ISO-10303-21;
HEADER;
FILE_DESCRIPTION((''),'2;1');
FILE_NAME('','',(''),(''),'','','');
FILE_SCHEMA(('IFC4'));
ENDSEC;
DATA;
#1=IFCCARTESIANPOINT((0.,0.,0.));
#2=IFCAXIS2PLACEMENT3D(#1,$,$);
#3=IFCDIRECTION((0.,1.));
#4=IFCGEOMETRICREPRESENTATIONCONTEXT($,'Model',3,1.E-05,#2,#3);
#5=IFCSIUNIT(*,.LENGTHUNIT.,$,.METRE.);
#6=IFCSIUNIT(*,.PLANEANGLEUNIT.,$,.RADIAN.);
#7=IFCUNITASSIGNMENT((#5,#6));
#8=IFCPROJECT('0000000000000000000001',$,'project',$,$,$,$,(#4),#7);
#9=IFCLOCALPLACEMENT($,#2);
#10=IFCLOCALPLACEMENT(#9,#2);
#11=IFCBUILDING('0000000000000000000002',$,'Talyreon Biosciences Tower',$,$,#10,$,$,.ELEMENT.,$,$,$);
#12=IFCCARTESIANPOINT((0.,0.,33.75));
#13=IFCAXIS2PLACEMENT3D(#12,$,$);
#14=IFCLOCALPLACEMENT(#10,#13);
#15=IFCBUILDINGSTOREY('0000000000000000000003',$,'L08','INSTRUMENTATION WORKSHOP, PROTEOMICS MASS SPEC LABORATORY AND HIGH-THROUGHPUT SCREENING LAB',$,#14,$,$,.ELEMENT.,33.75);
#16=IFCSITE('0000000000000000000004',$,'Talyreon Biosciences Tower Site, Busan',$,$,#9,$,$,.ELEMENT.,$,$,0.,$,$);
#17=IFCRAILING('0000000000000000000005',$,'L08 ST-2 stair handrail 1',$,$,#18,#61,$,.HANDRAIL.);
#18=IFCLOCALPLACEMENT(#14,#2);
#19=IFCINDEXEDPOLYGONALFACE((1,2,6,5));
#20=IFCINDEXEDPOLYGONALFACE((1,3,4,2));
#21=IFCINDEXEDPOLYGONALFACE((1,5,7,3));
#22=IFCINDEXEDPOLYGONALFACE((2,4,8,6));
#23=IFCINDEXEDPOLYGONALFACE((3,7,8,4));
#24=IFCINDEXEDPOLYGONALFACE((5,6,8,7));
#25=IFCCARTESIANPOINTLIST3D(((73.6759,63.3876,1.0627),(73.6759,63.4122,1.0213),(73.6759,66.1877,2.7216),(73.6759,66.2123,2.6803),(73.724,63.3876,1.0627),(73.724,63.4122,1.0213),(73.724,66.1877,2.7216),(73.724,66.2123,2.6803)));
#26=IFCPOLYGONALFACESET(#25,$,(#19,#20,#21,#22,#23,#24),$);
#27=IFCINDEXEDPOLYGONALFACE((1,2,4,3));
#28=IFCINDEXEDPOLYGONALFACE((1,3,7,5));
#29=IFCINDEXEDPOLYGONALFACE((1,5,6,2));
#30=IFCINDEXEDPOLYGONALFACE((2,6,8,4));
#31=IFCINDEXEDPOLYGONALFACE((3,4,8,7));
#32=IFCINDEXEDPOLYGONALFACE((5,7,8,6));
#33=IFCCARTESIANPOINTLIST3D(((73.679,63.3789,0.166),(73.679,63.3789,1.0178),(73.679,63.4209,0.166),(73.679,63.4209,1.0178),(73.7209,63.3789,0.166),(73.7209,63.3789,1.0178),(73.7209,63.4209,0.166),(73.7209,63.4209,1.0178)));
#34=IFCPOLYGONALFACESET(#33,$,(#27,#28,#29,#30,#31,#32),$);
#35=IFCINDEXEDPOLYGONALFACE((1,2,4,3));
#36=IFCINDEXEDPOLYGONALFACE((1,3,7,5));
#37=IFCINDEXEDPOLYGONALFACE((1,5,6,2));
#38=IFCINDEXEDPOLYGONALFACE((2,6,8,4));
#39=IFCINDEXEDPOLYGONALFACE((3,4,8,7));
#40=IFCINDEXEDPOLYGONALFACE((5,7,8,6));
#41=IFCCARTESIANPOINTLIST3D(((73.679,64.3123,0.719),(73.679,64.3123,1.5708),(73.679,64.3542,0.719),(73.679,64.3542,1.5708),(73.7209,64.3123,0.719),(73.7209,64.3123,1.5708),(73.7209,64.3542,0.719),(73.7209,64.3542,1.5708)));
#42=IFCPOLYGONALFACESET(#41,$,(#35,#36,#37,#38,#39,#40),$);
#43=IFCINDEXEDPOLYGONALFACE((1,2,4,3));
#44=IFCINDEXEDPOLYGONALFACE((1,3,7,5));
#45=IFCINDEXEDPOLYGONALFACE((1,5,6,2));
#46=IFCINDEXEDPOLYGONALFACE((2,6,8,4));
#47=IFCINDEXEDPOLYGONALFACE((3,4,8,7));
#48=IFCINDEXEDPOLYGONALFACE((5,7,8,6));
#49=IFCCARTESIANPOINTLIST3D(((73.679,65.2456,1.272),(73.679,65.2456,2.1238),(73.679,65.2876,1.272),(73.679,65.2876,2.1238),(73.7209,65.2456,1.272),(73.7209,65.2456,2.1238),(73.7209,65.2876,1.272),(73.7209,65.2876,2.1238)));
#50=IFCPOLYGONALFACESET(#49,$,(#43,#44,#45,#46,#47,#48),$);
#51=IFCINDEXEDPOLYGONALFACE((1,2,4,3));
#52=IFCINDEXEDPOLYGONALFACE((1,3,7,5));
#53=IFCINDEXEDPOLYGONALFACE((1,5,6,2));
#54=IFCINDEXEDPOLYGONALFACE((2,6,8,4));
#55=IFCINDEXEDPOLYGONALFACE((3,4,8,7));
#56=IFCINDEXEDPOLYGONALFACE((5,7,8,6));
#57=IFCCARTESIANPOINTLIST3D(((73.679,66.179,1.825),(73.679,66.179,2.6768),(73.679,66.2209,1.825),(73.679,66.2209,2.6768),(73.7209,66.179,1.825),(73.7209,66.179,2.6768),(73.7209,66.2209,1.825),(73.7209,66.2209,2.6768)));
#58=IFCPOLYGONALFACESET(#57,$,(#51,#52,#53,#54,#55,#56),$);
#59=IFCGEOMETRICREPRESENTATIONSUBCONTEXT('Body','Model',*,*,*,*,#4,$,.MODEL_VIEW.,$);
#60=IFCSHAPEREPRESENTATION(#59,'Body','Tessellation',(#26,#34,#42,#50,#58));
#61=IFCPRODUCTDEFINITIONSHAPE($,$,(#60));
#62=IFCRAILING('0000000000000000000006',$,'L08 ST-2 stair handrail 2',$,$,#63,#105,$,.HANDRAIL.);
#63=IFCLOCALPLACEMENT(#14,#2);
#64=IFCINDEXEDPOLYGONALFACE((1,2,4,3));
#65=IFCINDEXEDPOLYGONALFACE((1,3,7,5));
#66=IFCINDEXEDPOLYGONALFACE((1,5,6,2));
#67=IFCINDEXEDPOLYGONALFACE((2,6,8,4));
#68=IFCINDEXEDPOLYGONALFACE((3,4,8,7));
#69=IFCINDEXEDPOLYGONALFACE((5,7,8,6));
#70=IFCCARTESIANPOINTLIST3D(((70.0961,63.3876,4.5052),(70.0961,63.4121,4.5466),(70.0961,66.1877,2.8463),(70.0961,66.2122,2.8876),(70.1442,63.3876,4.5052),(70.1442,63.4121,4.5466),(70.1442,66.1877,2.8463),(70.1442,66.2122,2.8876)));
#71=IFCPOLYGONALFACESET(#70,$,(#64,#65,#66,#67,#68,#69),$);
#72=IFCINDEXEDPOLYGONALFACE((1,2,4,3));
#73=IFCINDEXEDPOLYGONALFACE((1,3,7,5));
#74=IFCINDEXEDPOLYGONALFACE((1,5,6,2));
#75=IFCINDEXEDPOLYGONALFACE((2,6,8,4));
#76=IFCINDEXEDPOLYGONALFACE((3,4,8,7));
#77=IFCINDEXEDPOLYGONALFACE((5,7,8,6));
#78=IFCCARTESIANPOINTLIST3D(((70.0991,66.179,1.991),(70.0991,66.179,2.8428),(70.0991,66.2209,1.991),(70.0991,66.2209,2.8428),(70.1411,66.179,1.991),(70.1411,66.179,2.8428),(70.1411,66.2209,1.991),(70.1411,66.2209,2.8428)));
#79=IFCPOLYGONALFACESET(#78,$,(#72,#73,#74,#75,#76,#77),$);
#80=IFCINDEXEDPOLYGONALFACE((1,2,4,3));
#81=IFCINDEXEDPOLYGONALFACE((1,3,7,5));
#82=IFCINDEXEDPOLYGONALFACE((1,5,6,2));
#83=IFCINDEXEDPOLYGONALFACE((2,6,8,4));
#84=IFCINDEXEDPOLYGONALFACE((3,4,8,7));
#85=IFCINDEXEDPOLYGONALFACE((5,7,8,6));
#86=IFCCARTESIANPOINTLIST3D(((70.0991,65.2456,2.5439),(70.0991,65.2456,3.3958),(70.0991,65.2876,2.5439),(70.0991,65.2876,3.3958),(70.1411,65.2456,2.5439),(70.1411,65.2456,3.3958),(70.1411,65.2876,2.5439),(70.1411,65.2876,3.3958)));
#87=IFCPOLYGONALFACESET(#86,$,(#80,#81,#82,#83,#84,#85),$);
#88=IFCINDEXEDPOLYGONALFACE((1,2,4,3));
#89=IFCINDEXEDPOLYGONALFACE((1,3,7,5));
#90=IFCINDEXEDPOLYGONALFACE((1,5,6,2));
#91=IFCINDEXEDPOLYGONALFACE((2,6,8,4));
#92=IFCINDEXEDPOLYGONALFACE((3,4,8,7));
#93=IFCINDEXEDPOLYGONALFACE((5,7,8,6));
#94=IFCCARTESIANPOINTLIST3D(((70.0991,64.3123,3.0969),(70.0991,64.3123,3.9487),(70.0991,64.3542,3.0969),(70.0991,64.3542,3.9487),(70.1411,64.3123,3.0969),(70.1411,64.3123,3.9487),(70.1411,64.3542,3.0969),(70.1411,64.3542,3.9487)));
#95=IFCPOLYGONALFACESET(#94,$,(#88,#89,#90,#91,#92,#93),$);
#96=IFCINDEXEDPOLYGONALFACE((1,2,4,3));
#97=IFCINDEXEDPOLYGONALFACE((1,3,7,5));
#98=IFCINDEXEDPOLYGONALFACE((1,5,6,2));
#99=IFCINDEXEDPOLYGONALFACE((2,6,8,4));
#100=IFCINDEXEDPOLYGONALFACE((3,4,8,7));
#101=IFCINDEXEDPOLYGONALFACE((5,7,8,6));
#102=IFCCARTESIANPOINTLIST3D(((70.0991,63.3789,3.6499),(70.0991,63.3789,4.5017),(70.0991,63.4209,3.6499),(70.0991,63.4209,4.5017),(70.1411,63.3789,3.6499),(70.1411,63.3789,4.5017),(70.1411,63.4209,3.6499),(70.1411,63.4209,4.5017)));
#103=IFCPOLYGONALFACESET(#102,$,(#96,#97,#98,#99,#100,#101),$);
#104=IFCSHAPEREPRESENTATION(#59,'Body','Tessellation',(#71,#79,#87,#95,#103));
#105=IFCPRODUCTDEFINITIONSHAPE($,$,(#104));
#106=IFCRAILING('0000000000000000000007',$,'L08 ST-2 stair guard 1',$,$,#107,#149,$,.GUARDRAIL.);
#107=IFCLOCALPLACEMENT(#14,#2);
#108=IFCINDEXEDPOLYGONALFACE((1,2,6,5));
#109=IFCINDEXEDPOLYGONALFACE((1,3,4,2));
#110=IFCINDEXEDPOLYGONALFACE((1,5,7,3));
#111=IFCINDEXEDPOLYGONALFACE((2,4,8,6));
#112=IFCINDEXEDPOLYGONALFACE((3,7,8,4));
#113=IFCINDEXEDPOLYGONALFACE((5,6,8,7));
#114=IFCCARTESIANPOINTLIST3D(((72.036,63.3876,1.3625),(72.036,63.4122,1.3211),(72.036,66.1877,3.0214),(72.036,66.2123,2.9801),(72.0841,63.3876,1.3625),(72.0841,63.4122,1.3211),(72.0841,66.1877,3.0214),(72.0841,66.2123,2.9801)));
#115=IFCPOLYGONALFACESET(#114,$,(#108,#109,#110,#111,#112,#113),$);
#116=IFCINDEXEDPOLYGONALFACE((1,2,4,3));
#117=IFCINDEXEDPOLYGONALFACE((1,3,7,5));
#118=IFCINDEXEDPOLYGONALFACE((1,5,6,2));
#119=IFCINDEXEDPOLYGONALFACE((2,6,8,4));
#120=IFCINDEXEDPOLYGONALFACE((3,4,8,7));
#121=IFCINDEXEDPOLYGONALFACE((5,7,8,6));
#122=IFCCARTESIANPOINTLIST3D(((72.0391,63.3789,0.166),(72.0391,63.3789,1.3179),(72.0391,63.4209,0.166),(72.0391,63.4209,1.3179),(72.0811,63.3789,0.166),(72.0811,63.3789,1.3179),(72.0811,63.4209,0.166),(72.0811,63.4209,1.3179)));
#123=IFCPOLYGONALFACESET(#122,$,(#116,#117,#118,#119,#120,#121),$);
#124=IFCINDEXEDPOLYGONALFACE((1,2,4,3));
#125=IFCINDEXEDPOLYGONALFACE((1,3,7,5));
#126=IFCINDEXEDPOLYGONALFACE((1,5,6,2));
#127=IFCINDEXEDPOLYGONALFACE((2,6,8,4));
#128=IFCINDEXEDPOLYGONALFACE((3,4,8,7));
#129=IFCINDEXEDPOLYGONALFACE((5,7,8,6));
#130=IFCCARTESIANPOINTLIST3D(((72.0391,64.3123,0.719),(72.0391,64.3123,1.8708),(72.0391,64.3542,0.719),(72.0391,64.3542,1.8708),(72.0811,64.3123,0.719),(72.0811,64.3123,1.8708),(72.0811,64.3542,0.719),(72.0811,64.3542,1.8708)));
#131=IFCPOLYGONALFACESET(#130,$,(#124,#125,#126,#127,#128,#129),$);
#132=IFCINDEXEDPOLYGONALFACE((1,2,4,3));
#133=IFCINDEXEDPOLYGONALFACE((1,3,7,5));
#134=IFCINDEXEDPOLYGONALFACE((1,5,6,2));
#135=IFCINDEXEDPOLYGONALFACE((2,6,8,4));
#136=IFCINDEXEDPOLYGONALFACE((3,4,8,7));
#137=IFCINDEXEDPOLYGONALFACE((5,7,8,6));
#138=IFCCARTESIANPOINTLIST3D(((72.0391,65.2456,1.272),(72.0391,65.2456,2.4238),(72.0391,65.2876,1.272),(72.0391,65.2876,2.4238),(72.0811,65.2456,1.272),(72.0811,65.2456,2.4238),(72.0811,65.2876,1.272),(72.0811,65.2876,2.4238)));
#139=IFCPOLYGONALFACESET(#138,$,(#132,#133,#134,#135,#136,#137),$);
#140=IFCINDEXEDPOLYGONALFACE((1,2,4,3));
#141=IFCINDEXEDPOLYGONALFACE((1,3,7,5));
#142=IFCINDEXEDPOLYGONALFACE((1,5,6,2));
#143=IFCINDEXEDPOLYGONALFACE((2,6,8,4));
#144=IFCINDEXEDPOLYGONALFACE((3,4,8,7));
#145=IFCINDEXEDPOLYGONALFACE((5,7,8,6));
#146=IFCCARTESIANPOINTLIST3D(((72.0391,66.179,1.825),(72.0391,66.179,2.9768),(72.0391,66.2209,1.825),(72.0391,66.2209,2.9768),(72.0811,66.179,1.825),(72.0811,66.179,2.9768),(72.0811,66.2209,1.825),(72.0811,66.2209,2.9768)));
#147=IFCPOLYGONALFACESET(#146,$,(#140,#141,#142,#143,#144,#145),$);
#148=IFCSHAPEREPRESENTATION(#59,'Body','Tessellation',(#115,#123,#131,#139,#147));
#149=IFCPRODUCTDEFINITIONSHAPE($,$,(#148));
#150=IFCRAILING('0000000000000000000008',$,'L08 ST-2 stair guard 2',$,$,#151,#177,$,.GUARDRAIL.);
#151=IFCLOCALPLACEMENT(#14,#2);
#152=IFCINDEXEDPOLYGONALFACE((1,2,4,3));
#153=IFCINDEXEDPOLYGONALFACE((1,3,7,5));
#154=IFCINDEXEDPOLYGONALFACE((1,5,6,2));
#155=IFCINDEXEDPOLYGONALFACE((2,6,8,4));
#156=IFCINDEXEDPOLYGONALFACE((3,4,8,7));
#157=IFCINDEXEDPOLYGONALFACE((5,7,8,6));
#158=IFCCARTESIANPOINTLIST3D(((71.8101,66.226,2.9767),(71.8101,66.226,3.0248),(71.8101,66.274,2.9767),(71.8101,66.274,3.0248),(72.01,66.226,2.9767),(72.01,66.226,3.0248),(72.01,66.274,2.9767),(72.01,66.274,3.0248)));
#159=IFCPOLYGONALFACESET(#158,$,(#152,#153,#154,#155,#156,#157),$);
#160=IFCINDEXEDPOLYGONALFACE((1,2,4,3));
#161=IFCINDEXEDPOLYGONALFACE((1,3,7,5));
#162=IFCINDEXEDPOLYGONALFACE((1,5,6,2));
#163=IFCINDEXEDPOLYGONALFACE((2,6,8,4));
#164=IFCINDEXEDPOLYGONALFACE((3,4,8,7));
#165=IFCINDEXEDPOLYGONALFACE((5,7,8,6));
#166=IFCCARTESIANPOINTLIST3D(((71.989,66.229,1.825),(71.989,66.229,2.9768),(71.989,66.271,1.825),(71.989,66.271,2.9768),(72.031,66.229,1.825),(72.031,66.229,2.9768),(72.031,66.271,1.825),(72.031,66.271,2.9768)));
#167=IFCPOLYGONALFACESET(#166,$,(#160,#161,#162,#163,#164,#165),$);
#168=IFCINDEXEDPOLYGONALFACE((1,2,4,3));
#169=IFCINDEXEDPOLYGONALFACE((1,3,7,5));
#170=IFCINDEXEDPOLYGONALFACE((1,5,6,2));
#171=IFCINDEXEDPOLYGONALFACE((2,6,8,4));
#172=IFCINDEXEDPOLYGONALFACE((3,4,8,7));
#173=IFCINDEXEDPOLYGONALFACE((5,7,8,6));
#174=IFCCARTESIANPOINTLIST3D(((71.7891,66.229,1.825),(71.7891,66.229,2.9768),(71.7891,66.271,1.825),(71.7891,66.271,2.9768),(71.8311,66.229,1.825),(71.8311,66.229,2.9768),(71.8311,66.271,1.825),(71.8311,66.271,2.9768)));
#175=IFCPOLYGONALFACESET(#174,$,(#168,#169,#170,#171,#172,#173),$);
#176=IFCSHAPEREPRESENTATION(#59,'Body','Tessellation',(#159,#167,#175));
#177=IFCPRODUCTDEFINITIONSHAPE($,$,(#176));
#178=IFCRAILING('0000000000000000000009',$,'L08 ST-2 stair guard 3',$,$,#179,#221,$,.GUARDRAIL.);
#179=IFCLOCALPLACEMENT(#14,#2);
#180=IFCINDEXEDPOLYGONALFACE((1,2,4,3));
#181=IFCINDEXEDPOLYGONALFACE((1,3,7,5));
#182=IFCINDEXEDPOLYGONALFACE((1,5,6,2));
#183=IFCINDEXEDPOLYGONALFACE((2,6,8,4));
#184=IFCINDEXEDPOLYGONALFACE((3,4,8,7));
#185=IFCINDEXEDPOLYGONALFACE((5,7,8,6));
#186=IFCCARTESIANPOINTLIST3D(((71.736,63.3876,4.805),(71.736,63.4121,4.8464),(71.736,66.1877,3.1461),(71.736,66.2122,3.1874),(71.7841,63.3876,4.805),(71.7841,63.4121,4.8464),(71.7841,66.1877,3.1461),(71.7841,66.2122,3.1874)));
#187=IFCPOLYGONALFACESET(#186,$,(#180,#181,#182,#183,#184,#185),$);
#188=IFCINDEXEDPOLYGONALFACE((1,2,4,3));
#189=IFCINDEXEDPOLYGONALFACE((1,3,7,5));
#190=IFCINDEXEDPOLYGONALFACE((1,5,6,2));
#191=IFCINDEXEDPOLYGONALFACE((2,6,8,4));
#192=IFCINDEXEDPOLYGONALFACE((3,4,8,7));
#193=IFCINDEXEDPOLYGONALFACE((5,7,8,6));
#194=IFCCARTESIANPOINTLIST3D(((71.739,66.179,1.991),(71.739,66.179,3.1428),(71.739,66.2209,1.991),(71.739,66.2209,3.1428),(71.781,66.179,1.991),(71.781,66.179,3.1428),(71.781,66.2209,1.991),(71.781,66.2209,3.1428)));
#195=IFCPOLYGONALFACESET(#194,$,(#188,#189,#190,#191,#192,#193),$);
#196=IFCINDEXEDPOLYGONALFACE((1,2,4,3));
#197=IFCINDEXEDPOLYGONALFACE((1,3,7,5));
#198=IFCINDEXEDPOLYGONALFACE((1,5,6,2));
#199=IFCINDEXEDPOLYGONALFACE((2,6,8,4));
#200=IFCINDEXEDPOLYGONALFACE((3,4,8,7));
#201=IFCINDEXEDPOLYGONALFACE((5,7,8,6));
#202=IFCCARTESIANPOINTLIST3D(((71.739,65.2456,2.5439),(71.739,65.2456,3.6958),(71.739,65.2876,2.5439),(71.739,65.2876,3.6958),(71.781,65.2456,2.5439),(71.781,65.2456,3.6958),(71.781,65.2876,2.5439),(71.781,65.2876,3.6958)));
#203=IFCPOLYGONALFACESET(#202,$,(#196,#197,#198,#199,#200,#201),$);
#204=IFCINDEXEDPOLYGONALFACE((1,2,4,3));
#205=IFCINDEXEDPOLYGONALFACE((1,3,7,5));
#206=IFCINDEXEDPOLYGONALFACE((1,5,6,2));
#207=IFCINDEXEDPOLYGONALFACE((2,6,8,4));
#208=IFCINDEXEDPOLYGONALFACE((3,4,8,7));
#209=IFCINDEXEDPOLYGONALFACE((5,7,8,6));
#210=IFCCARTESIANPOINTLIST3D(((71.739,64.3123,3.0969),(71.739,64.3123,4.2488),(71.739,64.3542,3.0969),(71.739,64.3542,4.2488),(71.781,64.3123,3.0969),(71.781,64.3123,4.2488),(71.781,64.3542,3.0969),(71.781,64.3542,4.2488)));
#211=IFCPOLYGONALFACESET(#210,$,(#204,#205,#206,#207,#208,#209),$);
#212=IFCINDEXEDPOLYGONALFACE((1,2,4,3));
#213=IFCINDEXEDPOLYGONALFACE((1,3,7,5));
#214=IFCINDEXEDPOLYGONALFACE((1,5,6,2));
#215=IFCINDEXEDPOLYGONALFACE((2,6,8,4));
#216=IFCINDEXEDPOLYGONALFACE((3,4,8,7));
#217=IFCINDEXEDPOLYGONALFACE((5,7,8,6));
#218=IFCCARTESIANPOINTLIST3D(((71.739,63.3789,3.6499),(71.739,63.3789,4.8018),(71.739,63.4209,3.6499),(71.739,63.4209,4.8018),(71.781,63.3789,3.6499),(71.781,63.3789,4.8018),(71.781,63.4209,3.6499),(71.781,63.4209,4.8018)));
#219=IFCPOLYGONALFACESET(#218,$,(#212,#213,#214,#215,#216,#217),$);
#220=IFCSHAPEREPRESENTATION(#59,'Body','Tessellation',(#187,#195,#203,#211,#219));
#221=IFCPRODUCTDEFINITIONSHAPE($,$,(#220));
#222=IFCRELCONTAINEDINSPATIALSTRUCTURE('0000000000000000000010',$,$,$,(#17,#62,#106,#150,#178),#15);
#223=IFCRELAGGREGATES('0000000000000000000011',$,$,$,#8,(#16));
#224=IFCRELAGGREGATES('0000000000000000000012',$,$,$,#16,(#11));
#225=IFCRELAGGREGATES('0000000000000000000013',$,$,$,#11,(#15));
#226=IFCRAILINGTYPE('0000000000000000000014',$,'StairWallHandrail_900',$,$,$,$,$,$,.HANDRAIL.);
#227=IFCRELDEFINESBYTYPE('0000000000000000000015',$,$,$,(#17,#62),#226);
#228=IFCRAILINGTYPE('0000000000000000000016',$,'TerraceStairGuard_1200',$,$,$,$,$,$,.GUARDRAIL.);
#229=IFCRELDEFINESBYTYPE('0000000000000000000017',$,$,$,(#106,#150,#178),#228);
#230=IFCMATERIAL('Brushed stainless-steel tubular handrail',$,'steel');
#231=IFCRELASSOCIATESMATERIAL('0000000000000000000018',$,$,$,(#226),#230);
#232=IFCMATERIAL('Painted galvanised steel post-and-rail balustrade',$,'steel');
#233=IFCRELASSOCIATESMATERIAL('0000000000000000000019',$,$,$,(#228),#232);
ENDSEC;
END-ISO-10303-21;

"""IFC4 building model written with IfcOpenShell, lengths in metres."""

from ifc_helpers import new_model, si_unit, direction, frame, origin, origin_2d, place, context, subcontext, project, spatial, rectangle, extrude, material, type_object, element, save


model = new_model("IFC4")

# Units and contexts
model_context = context("Model", 3, precision=1e-05, world=origin(), true_north=direction((0.0, 1.0)))
body_context = subcontext(model_context, "Body", "Model", "MODEL_VIEW")
ifc_project = project(units=[si_unit("LENGTHUNIT", "METRE"), si_unit("PLANEANGLEUNIT", "RADIAN")], contexts=[model_context])

# Site, building, storey
site_placement = place(None, origin())
site = spatial("IfcSite", under=ifc_project, at=site_placement, Name="Talyreon Biosciences Tower Site, Busan", CompositionType="ELEMENT", RefElevation=0.0)
building_placement = place(site_placement, origin())
building = spatial("IfcBuilding", under=site, at=building_placement, Name="Talyreon Biosciences Tower", CompositionType="ELEMENT")
storey_placement = place(building_placement, frame((0.0, 0.0, 33.75)))
storey = spatial("IfcBuildingStorey", under=building, at=storey_placement, Name="L08", Description="INSTRUMENTATION WORKSHOP, PROTEOMICS MASS SPEC LABORATORY AND HIGH-THROUGHPUT SCREENING LAB", CompositionType="ELEMENT", Elevation=33.75)

# Railings
ifc_material_1 = material(Name="Brushed stainless-steel tubular handrail", Category="steel")
railing_type_1 = type_object("IfcRailingType", Name="StairWallHandrail_900", PredefinedType="HANDRAIL", material=ifc_material_1)
railing_1_placement = place(storey_placement, frame((73.7, 63.3999, 0.166)))
element("IfcRailing", 1, at=railing_1_placement, inside=storey, type_object=railing_type_1, Name="L08 ST-2 stair handrail 1", PredefinedType="HANDRAIL", context=body_context, shape_type="SweptSolid", body=[
    extrude(rectangle(XDim=0.0481, YDim=0.0481, at=origin_2d()), frame((0.0, 0.0, 0.876), z_axis=(0.0, 0.860339, 0.509722), x_axis=(-1.0, 0.0, 0.0)), (0.0, 0.0, 1.0), 3.2546),
    extrude(rectangle(XDim=0.042, YDim=0.042, at=origin_2d()), origin(), (0.0, 0.0, 1.0), 0.8518),
    extrude(rectangle(XDim=0.042, YDim=0.042, at=origin_2d()), frame((0.0, 0.9333, 0.553)), (0.0, 0.0, 1.0), 0.8518),
    extrude(rectangle(XDim=0.042, YDim=0.042, at=origin_2d()), frame((0.0, 1.8667, 1.106)), (0.0, 0.0, 1.0), 0.8518),
    extrude(rectangle(XDim=0.042, YDim=0.042, at=origin_2d()), frame((0.0, 2.8, 1.6589)), (0.0, 0.0, 1.0), 0.8518),
])
railing_2_placement = place(storey_placement, frame((70.1201, 66.2, 1.991)))
element("IfcRailing", 2, at=railing_2_placement, inside=storey, type_object=railing_type_1, Name="L08 ST-2 stair handrail 2", PredefinedType="HANDRAIL", context=body_context, shape_type="SweptSolid", body=[
    extrude(rectangle(XDim=0.0481, YDim=0.0481, at=origin_2d()), frame((0.0, 0.0, 0.876), z_axis=(0.0, -0.860339, 0.509722), x_axis=(1.0, 0.0, 0.0)), (0.0, 0.0, 1.0), 3.2546),
    extrude(rectangle(XDim=0.042, YDim=0.042, at=origin_2d()), origin(), (0.0, 0.0, 1.0), 0.8518),
    extrude(rectangle(XDim=0.042, YDim=0.042, at=origin_2d()), frame((0.0, -0.9333, 0.553)), (0.0, 0.0, 1.0), 0.8518),
    extrude(rectangle(XDim=0.042, YDim=0.042, at=origin_2d()), frame((0.0, -1.8667, 1.106)), (0.0, 0.0, 1.0), 0.8518),
    extrude(rectangle(XDim=0.042, YDim=0.042, at=origin_2d()), frame((0.0, -2.8, 1.6589)), (0.0, 0.0, 1.0), 0.8518),
])
ifc_material_2 = material(Name="Painted galvanised steel post-and-rail balustrade", Category="steel")
railing_type_2 = type_object("IfcRailingType", Name="TerraceStairGuard_1200", PredefinedType="GUARDRAIL", material=ifc_material_2)
railing_3_placement = place(storey_placement, frame((72.0601, 63.3999, 0.166)))
element("IfcRailing", 3, at=railing_3_placement, inside=storey, type_object=railing_type_2, Name="L08 ST-2 stair guard 1", PredefinedType="GUARDRAIL", context=body_context, shape_type="SweptSolid", body=[
    extrude(rectangle(XDim=0.0481, YDim=0.0481, at=origin_2d()), frame((0.0, 0.0, 1.1758), z_axis=(0.0, 0.860339, 0.509722), x_axis=(-1.0, 0.0, 0.0)), (0.0, 0.0, 1.0), 3.2546),
    extrude(rectangle(XDim=0.042, YDim=0.042, at=origin_2d()), origin(), (0.0, 0.0, 1.0), 1.1519),
    extrude(rectangle(XDim=0.042, YDim=0.042, at=origin_2d()), frame((0.0, 0.9333, 0.553)), (0.0, 0.0, 1.0), 1.1519),
    extrude(rectangle(XDim=0.042, YDim=0.042, at=origin_2d()), frame((0.0, 1.8667, 1.106)), (0.0, 0.0, 1.0), 1.1519),
    extrude(rectangle(XDim=0.042, YDim=0.042, at=origin_2d()), frame((0.0, 2.8, 1.6589)), (0.0, 0.0, 1.0), 1.1519),
])
railing_4_placement = place(storey_placement, frame((72.01, 66.25, 1.825)))
element("IfcRailing", 4, at=railing_4_placement, inside=storey, type_object=railing_type_2, Name="L08 ST-2 stair guard 2", PredefinedType="GUARDRAIL", context=body_context, shape_type="SweptSolid", body=[
    extrude(rectangle(XDim=0.0481, YDim=0.0481, at=origin_2d()), frame((0.0, 0.0, 1.1758), z_axis=(-1.0, 0.0, 0.0), x_axis=(0.0, -1.0, 0.0)), (0.0, 0.0, 1.0), 0.2),
    extrude(rectangle(XDim=0.042, YDim=0.042, at=origin_2d()), origin(), (0.0, 0.0, 1.0), 1.1519),
    extrude(rectangle(XDim=0.042, YDim=0.042, at=origin_2d()), frame((-0.2, 0.0, 0.0)), (0.0, 0.0, 1.0), 1.1519),
])
railing_5_placement = place(storey_placement, frame((71.76, 66.2, 1.991)))
element("IfcRailing", 5, at=railing_5_placement, inside=storey, type_object=railing_type_2, Name="L08 ST-2 stair guard 3", PredefinedType="GUARDRAIL", context=body_context, shape_type="SweptSolid", body=[
    extrude(rectangle(XDim=0.0481, YDim=0.0481, at=origin_2d()), frame((0.0, 0.0, 1.1758), z_axis=(0.0, -0.860339, 0.509722), x_axis=(1.0, 0.0, 0.0)), (0.0, 0.0, 1.0), 3.2546),
    extrude(rectangle(XDim=0.042, YDim=0.042, at=origin_2d()), origin(), (0.0, 0.0, 1.0), 1.1519),
    extrude(rectangle(XDim=0.042, YDim=0.042, at=origin_2d()), frame((0.0, -0.9333, 0.553)), (0.0, 0.0, 1.0), 1.1519),
    extrude(rectangle(XDim=0.042, YDim=0.042, at=origin_2d()), frame((0.0, -1.8667, 1.106)), (0.0, 0.0, 1.0), 1.1519),
    extrude(rectangle(XDim=0.042, YDim=0.042, at=origin_2d()), frame((0.0, -2.8, 1.6589)), (0.0, 0.0, 1.0), 1.1519),
])

save(model, "model.ifc")
